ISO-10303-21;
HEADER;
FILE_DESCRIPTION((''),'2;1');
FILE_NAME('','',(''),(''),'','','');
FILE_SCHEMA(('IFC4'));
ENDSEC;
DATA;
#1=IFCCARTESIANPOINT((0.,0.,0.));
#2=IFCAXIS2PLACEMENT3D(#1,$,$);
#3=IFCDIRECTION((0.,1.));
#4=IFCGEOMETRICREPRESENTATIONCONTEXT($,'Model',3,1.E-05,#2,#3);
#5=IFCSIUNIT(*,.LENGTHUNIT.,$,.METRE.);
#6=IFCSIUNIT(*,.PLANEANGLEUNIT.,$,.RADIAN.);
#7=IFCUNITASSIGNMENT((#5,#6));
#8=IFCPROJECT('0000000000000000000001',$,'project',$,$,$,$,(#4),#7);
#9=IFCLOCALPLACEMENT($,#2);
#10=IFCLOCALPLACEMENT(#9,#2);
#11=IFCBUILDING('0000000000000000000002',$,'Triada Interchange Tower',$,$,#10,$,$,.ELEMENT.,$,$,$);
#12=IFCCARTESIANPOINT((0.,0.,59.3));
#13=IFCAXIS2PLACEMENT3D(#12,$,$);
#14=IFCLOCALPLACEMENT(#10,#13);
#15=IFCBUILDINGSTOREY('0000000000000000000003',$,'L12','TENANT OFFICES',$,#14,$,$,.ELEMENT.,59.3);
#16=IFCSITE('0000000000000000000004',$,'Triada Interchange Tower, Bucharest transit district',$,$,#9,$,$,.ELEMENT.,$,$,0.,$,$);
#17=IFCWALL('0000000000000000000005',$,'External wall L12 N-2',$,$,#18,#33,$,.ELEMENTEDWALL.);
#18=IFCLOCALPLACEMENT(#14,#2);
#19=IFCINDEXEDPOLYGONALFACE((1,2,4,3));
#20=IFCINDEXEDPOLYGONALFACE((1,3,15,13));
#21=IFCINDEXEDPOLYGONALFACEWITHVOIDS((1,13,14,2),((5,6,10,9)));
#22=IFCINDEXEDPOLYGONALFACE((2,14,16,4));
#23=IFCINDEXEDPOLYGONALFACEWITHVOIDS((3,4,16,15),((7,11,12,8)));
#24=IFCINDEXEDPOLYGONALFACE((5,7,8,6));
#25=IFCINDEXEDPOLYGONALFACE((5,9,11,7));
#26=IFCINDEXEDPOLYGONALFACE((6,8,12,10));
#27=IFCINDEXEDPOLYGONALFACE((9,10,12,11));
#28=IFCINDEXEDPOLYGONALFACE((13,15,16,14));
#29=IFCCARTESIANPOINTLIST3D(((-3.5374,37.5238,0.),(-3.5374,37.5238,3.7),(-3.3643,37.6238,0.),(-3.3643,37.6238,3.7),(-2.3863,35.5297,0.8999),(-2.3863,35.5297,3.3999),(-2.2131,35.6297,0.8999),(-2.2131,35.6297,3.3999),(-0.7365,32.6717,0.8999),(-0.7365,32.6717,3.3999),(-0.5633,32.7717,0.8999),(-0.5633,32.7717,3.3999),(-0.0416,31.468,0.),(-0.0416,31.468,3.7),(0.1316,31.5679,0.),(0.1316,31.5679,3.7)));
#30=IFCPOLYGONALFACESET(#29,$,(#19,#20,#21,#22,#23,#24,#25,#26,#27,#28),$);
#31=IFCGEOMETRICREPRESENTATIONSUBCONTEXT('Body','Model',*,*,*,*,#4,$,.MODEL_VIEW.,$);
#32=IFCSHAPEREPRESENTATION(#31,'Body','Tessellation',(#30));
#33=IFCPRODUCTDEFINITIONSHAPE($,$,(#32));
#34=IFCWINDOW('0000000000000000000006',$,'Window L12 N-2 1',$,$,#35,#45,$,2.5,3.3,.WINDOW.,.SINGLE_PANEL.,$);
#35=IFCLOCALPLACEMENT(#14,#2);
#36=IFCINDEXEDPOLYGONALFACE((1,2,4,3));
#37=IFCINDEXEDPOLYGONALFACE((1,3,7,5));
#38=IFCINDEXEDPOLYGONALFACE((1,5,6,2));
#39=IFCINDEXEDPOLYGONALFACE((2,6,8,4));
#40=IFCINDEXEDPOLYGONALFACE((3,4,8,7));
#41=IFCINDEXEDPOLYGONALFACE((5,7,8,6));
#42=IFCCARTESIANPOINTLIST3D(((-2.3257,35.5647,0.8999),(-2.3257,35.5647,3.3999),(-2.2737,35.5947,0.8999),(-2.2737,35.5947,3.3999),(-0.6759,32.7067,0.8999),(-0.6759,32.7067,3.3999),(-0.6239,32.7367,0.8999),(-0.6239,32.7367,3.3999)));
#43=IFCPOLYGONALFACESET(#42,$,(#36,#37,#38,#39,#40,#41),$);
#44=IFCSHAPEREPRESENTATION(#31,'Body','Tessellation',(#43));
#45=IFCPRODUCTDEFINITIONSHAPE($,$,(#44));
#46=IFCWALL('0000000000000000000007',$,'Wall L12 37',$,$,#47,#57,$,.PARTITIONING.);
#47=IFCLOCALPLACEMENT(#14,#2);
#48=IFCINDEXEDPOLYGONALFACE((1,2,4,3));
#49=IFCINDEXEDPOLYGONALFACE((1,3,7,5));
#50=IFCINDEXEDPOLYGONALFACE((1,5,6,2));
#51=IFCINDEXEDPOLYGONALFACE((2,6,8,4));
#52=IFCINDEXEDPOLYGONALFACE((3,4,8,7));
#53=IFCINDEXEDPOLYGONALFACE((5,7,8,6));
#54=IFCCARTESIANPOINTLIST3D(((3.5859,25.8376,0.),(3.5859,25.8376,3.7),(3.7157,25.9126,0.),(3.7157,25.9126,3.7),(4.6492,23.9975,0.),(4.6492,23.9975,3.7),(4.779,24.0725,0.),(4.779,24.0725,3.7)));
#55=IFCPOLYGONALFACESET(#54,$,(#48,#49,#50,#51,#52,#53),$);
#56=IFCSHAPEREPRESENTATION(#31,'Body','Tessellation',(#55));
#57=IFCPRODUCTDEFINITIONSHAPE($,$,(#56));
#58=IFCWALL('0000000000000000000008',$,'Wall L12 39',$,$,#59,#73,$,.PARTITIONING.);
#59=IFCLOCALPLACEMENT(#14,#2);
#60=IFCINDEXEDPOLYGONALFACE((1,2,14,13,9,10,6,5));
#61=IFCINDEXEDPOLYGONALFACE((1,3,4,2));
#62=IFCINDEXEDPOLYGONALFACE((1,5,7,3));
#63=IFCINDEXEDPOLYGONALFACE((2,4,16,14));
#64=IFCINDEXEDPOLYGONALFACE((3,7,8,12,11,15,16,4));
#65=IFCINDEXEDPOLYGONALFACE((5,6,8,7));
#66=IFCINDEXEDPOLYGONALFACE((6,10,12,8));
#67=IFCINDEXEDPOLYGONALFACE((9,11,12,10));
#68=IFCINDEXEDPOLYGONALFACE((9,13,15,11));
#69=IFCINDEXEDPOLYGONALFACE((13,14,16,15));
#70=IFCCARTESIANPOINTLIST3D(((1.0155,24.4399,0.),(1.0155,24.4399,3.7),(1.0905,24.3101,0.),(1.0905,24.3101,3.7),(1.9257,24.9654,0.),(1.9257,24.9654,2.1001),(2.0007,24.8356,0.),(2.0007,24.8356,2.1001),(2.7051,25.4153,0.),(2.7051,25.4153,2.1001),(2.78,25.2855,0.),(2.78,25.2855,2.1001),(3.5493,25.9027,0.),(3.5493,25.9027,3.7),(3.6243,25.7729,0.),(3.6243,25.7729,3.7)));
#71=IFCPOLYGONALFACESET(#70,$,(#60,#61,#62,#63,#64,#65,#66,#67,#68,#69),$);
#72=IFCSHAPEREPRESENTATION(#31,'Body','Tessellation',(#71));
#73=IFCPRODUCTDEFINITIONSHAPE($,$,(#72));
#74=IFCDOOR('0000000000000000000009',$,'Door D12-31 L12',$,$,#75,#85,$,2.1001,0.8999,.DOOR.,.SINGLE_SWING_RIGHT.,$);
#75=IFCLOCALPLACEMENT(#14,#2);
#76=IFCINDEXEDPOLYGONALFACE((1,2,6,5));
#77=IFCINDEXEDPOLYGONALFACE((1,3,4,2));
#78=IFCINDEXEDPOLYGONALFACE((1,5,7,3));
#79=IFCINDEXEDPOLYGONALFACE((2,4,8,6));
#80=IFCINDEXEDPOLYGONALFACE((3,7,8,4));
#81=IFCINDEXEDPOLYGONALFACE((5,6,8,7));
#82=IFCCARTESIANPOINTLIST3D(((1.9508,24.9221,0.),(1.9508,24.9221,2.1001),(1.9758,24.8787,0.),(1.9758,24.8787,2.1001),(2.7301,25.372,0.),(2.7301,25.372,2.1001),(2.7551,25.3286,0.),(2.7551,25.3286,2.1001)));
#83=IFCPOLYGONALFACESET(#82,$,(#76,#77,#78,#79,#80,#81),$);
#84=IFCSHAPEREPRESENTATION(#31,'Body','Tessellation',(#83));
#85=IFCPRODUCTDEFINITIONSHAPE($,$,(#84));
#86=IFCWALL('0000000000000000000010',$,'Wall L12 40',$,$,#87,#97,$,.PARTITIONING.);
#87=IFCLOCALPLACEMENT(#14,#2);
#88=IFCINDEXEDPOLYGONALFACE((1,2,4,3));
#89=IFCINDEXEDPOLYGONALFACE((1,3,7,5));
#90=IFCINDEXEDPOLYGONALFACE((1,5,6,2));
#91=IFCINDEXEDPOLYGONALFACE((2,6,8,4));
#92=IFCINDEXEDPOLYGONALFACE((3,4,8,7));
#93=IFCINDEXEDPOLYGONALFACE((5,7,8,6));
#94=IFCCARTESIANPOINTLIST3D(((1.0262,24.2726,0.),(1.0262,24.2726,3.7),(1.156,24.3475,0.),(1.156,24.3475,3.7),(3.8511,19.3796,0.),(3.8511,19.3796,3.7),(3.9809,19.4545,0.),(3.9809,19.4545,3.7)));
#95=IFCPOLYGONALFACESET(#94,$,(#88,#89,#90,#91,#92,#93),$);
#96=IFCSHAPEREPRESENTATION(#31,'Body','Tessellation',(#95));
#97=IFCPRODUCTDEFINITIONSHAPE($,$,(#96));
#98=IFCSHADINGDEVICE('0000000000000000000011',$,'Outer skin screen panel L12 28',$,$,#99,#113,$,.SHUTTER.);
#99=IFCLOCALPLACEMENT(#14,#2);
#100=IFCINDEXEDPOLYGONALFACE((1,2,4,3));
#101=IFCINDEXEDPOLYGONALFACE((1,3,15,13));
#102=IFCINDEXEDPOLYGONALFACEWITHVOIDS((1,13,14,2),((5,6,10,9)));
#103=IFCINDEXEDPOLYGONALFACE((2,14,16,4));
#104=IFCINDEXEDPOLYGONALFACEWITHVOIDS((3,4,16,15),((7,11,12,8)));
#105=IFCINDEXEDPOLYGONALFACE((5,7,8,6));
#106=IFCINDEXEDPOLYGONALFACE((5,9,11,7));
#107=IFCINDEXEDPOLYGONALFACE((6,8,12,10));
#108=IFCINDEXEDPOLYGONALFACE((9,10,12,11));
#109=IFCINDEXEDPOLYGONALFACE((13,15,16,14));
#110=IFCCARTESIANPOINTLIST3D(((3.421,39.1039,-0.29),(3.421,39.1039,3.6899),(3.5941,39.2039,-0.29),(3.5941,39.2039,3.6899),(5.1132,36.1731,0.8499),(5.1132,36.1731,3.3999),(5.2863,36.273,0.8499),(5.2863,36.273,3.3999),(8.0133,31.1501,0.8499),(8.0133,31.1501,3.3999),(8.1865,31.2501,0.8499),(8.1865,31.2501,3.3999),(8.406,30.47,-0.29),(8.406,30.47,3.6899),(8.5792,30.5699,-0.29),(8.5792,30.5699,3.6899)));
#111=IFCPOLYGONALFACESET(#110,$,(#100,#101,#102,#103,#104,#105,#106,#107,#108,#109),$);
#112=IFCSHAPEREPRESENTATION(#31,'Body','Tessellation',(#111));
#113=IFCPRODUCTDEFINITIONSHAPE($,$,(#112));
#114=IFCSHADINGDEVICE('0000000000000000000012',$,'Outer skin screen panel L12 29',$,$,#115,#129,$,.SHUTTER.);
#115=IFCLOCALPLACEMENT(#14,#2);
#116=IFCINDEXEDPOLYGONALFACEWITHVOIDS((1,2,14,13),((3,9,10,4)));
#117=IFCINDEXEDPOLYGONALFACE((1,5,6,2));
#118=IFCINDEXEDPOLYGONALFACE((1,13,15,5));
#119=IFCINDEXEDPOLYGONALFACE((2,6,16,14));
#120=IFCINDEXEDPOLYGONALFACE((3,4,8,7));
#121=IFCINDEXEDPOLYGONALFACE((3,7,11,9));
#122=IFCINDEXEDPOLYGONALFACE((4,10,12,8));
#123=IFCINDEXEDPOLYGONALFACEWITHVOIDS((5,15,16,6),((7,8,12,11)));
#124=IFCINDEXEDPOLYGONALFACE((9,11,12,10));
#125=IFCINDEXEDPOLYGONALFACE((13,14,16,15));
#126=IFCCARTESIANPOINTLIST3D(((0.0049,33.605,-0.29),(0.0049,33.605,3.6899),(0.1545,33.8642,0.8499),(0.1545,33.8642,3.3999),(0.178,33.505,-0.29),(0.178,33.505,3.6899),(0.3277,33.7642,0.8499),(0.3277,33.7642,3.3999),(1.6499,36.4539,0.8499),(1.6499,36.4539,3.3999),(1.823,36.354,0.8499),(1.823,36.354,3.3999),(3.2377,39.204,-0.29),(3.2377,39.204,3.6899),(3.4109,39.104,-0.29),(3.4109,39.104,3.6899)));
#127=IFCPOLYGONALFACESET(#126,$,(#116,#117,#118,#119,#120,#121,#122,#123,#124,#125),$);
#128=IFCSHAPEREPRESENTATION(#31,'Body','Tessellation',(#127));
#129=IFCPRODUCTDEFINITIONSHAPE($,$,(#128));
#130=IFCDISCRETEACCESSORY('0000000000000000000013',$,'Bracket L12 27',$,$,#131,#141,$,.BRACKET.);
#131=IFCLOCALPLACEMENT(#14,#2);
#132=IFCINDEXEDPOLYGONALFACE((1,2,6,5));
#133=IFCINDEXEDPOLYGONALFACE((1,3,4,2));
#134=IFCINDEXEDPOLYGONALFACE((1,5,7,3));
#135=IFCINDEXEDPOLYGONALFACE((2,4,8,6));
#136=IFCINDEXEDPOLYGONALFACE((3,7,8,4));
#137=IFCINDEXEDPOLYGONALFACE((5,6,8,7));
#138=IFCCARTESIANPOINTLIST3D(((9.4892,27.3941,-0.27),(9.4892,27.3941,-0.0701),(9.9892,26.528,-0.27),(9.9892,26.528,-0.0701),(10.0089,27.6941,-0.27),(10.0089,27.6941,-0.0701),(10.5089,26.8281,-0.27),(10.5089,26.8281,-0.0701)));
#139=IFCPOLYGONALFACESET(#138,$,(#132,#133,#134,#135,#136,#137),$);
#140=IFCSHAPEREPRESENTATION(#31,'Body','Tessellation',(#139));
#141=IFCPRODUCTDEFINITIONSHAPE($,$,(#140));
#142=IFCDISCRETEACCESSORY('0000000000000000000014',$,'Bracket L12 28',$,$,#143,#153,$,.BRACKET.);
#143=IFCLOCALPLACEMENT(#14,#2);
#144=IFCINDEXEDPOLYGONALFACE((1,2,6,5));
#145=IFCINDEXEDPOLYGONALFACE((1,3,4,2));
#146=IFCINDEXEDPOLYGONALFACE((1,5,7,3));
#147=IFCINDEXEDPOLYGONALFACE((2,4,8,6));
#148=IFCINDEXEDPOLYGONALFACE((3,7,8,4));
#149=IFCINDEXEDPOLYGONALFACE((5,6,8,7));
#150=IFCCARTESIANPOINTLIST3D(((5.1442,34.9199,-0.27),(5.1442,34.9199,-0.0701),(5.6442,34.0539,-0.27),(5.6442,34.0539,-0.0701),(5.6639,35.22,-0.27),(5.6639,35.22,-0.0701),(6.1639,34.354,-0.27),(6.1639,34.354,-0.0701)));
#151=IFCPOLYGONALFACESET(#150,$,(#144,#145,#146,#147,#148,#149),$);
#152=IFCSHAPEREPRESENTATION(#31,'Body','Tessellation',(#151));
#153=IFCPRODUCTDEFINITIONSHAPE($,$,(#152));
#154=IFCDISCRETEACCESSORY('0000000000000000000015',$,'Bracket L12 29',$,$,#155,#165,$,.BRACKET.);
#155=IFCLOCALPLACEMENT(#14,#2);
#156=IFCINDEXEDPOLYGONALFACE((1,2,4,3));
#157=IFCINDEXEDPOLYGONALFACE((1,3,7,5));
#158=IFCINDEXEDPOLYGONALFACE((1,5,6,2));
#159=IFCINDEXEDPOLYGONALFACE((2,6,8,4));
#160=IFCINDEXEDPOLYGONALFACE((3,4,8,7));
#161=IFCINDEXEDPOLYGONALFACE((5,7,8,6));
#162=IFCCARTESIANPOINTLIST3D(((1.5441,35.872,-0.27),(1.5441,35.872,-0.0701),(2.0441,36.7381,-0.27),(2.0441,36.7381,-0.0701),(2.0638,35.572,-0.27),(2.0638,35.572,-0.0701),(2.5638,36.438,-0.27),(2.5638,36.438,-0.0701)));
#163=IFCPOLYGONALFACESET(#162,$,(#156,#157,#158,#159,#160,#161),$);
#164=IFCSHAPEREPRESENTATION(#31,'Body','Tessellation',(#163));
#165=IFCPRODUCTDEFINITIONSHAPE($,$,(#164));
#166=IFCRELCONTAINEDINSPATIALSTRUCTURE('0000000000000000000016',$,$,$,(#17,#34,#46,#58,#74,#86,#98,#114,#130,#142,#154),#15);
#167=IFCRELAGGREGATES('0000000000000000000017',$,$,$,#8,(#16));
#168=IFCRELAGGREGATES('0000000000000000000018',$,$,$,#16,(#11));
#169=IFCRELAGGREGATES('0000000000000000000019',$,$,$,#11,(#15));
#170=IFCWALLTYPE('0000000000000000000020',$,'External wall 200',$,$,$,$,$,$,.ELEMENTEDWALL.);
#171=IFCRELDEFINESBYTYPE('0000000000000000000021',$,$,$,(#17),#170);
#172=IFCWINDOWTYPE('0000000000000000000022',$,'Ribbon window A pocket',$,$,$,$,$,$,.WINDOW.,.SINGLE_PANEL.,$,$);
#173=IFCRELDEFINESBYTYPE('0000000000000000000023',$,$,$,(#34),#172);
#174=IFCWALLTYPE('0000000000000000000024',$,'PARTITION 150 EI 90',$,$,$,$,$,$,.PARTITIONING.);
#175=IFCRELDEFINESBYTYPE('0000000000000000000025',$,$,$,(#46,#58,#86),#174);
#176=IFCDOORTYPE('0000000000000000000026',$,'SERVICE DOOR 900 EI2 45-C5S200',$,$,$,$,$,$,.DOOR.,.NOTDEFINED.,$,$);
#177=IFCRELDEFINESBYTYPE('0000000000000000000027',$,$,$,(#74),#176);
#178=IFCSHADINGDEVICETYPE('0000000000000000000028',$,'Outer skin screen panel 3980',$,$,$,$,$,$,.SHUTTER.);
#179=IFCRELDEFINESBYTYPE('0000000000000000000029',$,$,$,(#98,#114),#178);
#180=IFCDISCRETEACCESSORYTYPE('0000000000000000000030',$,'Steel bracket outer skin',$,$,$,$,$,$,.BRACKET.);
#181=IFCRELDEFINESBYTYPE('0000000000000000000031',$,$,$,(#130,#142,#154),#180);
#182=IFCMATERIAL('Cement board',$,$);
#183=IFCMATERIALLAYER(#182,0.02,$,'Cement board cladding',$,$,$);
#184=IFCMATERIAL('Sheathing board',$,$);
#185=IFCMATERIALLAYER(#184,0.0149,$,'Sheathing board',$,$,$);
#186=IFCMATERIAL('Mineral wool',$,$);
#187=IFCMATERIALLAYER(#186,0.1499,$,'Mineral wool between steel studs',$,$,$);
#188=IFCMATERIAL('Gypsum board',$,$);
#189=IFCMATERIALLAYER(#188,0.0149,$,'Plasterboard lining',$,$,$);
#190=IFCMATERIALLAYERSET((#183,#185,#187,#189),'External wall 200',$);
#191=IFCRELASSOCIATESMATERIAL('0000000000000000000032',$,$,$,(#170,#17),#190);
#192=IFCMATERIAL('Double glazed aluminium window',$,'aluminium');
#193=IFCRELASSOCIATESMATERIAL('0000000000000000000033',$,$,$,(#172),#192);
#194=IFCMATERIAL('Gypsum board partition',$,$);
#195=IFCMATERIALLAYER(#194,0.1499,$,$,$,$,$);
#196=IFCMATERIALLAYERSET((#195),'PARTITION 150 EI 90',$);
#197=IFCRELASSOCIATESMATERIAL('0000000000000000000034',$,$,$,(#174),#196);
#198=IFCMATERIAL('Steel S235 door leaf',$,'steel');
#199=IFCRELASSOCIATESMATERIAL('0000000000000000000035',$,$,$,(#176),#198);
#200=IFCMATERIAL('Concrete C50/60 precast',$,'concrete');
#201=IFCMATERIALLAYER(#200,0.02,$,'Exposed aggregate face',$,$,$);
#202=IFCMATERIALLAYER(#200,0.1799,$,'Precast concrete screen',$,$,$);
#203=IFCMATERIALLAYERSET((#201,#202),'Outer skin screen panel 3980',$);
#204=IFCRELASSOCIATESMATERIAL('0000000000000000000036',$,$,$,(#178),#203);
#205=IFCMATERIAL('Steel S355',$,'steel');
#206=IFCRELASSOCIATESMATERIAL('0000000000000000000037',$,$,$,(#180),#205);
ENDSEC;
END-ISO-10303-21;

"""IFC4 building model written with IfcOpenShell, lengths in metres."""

from ifc_helpers import new_model, si_unit, direction, frame, frame_2d, origin, origin_2d, place, context, subcontext, project, spatial, polyline, rectangle, outline, extrude, material, layer, layer_set, layer_usage, type_object, element, fill, save


model = new_model("IFC4")

# Units and contexts
model_context = context("Model", 3, precision=1e-05, world=origin(), true_north=direction((0.0, 1.0)))
body_context = subcontext(model_context, "Body", "Model", "MODEL_VIEW")
ifc_project = project(units=[si_unit("LENGTHUNIT", "METRE"), si_unit("PLANEANGLEUNIT", "RADIAN")], contexts=[model_context])

# Site, building, storey
site_placement = place(None, origin())
site = spatial("IfcSite", under=ifc_project, at=site_placement, Name="Triada Interchange Tower, Bucharest transit district", CompositionType="ELEMENT", RefElevation=0.0)
building_placement = place(site_placement, origin())
building = spatial("IfcBuilding", under=site, at=building_placement, Name="Triada Interchange Tower", CompositionType="ELEMENT")
storey_placement = place(building_placement, frame((0.0, 0.0, 59.3)))
storey = spatial("IfcBuildingStorey", under=building, at=storey_placement, Name="L12", Description="TENANT OFFICES", CompositionType="ELEMENT", Elevation=59.3)

# Wall, opening, window
ifc_material_1 = material(Name="Cement board")
ifc_layer_1 = layer(ifc_material_1, 0.02, Name="Cement board cladding")
ifc_material_2 = material(Name="Sheathing board")
ifc_layer_2 = layer(ifc_material_2, 0.0149, Name="Sheathing board")
ifc_material_3 = material(Name="Mineral wool")
ifc_layer_3 = layer(ifc_material_3, 0.1499, Name="Mineral wool between steel studs")
ifc_material_4 = material(Name="Gypsum board")
ifc_layer_4 = layer(ifc_material_4, 0.0149, Name="Plasterboard lining")
ifc_layer_set_1 = layer_set([ifc_layer_1, ifc_layer_2, ifc_layer_3, ifc_layer_4], Name="External wall 200")
ifc_layer_usage = layer_usage(ifc_layer_set_1, "AXIS2", "POSITIVE", -0.1001)
wall_type_1 = type_object("IfcWallType", Name="External wall 200", PredefinedType="ELEMENTEDWALL", material=ifc_layer_set_1)
ifc_material_5 = material(Name="Double glazed aluminium window", Category="aluminium")
window_type = type_object("IfcWindowType", Name="Ribbon window A pocket", PartitioningType="SINGLE_PANEL", PredefinedType="WINDOW", material=ifc_material_5)
wall_1_placement = place(storey_placement, frame((0.0449, 31.5181, 0.0), z_axis=(0.0, 0.0, 1.0), x_axis=(-0.499943, 0.866058, 0.0)))
wall_1 = element("IfcWall", 1, at=wall_1_placement, inside=storey, type_object=wall_type_1, material=ifc_layer_usage, Name="External wall L12 N-2", PredefinedType="ELEMENTEDWALL", context=body_context, shape_type="SweptSolid", body=[
    extrude(rectangle(XDim=6.9924, YDim=0.2, at=frame_2d((3.4961, 0.0))), origin(), (0.0, 0.0, 1.0), 3.7),
])
opening_1_placement = place(wall_1_placement, frame((1.3899, 0.0, 0.8999)))
opening_1 = element("IfcOpeningElement", 2, at=opening_1_placement, cuts=wall_1, PredefinedType="OPENING", context=body_context, shape_type="SweptSolid", body=[
    extrude(rectangle(XDim=3.3, YDim=2.5, at=frame_2d((1.6499, 1.25))), frame((0.0, 0.1099, 0.0), z_axis=(0.0, -1.0, 0.0), x_axis=(1.0, 0.0, 0.0)), (0.0, 0.0, 1.0), 0.22),
])
window_1_placement = place(opening_1_placement, origin())
window_1 = element("IfcWindow", 3, at=window_1_placement, inside=storey, type_object=window_type, Name="Window L12 N-2 1", OverallHeight=2.5, OverallWidth=3.3, PartitioningType="SINGLE_PANEL", PredefinedType="WINDOW", context=body_context, shape_type="SweptSolid", body=[
    extrude(rectangle(XDim=3.3, YDim=2.5, at=frame_2d((1.6499, 1.25))), frame((0.0, 0.03, 0.0), z_axis=(0.0, -1.0, 0.0), x_axis=(1.0, 0.0, 0.0)), (0.0, 0.0, 1.0), 0.0601),
])
fill(opening_1, window_1)

# Wall
ifc_material_6 = material(Name="Gypsum board partition")
ifc_layer_5 = layer(ifc_material_6, 0.1499)
ifc_layer_set_2 = layer_set([ifc_layer_5], Name="PARTITION 150 EI 90")
wall_type_2 = type_object("IfcWallType", Name="PARTITION 150 EI 90", PredefinedType="PARTITIONING", material=ifc_layer_set_2)
wall_2_placement = place(storey_placement, frame((3.6509, 25.875, 0.0), z_axis=(0.0, 0.0, 1.0), x_axis=(0.500302, -0.865851, 0.0)))
element("IfcWall", 4, at=wall_2_placement, inside=storey, type_object=wall_type_2, Name="Wall L12 37", PredefinedType="PARTITIONING", context=body_context, shape_type="SweptSolid", body=[
    extrude(rectangle(XDim=2.1252, YDim=0.1499, at=frame_2d((1.0625, 0.0))), origin(), (0.0, 0.0, 1.0), 3.7),
])

# Wall, opening, door
wall_3_placement = place(storey_placement, frame((1.053, 24.375, 0.0), z_axis=(0.0, 0.0, 1.0), x_axis=(0.866037, 0.49998, 0.0)))
wall_3 = element("IfcWall", 5, at=wall_3_placement, inside=storey, type_object=wall_type_2, Name="Wall L12 39", PredefinedType="PARTITIONING", context=body_context, shape_type="SweptSolid", body=[
    extrude(rectangle(XDim=2.9258, YDim=0.1499, at=frame_2d((1.4629, 0.0))), origin(), (0.0, 0.0, 1.0), 3.7),
])
opening_2_placement = place(wall_3_placement, frame((1.051, 0.0, 0.0)))
opening_2 = element("IfcOpeningElement", 6, at=opening_2_placement, cuts=wall_3, PredefinedType="OPENING", context=body_context, shape_type="SweptSolid", body=[
    extrude(rectangle(XDim=0.8999, YDim=2.1001, at=frame_2d((0.45, 1.05))), frame((0.0, 0.085, 0.0), z_axis=(0.0, -1.0, 0.0), x_axis=(1.0, 0.0, 0.0)), (0.0, 0.0, 1.0), 0.1699),
])
ifc_material_7 = material(Name="Steel S235 door leaf", Category="steel")
door_type = type_object("IfcDoorType", Name="SERVICE DOOR 900 EI2 45-C5S200", OperationType="NOTDEFINED", PredefinedType="DOOR", material=ifc_material_7)
door_placement = place(opening_2_placement, origin())
door = element("IfcDoor", 7, at=door_placement, inside=storey, type_object=door_type, Name="Door D12-31 L12", OperationType="SINGLE_SWING_RIGHT", OverallHeight=2.1001, OverallWidth=0.8999, PredefinedType="DOOR", context=body_context, shape_type="SweptSolid", body=[
    extrude(rectangle(XDim=0.8999, YDim=2.1001, at=frame_2d((0.45, 1.05))), frame((0.0, 0.0249, 0.0), z_axis=(0.0, -1.0, 0.0), x_axis=(1.0, 0.0, 0.0)), (0.0, 0.0, 1.0), 0.05),
])
fill(opening_2, door)

# Wall
wall_4_placement = place(storey_placement, frame((1.0911, 24.3101, 0.0), z_axis=(0.0, 0.0, 1.0), x_axis=(0.499992, -0.86603, 0.0)))
element("IfcWall", 8, at=wall_4_placement, inside=storey, type_object=wall_type_2, Name="Wall L12 40", PredefinedType="PARTITIONING", context=body_context, shape_type="SweptSolid", body=[
    extrude(rectangle(XDim=5.6499, YDim=0.1499, at=frame_2d((2.825, 0.0))), origin(), (0.0, 0.0, 1.0), 3.7),
])

# Shading devices
ifc_material_8 = material(Name="Concrete C50/60 precast", Category="concrete")
ifc_layer_6 = layer(ifc_material_8, 0.02, Name="Exposed aggregate face")
ifc_layer_7 = layer(ifc_material_8, 0.1799, Name="Precast concrete screen")
ifc_layer_set_3 = layer_set([ifc_layer_6, ifc_layer_7], Name="Outer skin screen panel 3980")
shading_device_type = type_object("IfcShadingDeviceType", Name="Outer skin screen panel 3980", PredefinedType="SHUTTER", material=ifc_layer_set_3)
shading_device_1_placement = place(storey_placement, frame((8.406, 30.47, -0.29), z_axis=(0.0, 0.0, 1.0), x_axis=(-0.500019, 0.866015, 0.0)))
element("IfcShadingDevice", 9, at=shading_device_1_placement, inside=storey, type_object=shading_device_type, Name="Outer skin screen panel L12 28", PredefinedType="SHUTTER", context=body_context, shape_type="SweptSolid", body=[
    extrude(outline(polyline([(0.0, 0.0), (9.9697, 0.0), (9.9697, 3.98), (0.0, 3.98), (0.0, 0.0)]), holes=[polyline([(0.7854, 1.1399), (0.7854, 3.6899), (6.5854, 3.6899), (6.5854, 1.1399), (0.7854, 1.1399)])]), frame((0.0, 0.0, 0.0), z_axis=(0.0, -1.0, 0.0), x_axis=(1.0, 0.0, 0.0)), (0.0, 0.0, 1.0), 0.2),
])
shading_device_2_placement = place(storey_placement, frame((3.4109, 39.104, -0.29), z_axis=(0.0, 0.0, 1.0), x_axis=(-0.50003, -0.866008, 0.0)))
element("IfcShadingDevice", 10, at=shading_device_2_placement, inside=storey, type_object=shading_device_type, Name="Outer skin screen panel L12 29", PredefinedType="SHUTTER", context=body_context, shape_type="SweptSolid", body=[
    extrude(outline(polyline([(0.0, 0.0), (6.4653, 0.0), (6.4653, 3.98), (0.0, 3.98), (0.0, 0.0)]), holes=[polyline([(3.1755, 1.1399), (3.1755, 3.6899), (6.166, 3.6899), (6.166, 1.1399), (3.1755, 1.1399)])]), frame((0.0, 0.0, 0.0), z_axis=(0.0, -1.0, 0.0), x_axis=(1.0, 0.0, 0.0)), (0.0, 0.0, 1.0), 0.2),
])

# Discrete accessories
ifc_material_9 = material(Name="Steel S355", Category="steel")
discrete_accessory_type = type_object("IfcDiscreteAccessoryType", Name="Steel bracket outer skin", PredefinedType="BRACKET", material=ifc_material_9)
for number, where, z_axis, x_axis, name in (
    (11, (9.999, 27.1111, -0.27), (0.0, 0.0, 1.0), (0.866022, 0.500006, 0.0), "Bracket L12 27"),
    (12, (5.6541, 34.637, -0.27), (0.0, 0.0, 1.0), (0.866022, 0.500006, 0.0), "Bracket L12 28"),
    (13, (2.054, 36.155, -0.27), (0.0, 0.0, 1.0), (-0.866037, 0.49998, 0.0), "Bracket L12 29"),
):
    element("IfcDiscreteAccessory", number, at=place(storey_placement, frame(where, z_axis=z_axis, x_axis=x_axis)), inside=storey, type_object=discrete_accessory_type, Name=name, PredefinedType="BRACKET", context=body_context, shape_type="SweptSolid", body=[
        extrude(rectangle(XDim=0.6001, YDim=1.0, at=origin_2d()), origin(), (0.0, 0.0, 1.0), 0.2),
    ])

save(model, "model.ifc")
